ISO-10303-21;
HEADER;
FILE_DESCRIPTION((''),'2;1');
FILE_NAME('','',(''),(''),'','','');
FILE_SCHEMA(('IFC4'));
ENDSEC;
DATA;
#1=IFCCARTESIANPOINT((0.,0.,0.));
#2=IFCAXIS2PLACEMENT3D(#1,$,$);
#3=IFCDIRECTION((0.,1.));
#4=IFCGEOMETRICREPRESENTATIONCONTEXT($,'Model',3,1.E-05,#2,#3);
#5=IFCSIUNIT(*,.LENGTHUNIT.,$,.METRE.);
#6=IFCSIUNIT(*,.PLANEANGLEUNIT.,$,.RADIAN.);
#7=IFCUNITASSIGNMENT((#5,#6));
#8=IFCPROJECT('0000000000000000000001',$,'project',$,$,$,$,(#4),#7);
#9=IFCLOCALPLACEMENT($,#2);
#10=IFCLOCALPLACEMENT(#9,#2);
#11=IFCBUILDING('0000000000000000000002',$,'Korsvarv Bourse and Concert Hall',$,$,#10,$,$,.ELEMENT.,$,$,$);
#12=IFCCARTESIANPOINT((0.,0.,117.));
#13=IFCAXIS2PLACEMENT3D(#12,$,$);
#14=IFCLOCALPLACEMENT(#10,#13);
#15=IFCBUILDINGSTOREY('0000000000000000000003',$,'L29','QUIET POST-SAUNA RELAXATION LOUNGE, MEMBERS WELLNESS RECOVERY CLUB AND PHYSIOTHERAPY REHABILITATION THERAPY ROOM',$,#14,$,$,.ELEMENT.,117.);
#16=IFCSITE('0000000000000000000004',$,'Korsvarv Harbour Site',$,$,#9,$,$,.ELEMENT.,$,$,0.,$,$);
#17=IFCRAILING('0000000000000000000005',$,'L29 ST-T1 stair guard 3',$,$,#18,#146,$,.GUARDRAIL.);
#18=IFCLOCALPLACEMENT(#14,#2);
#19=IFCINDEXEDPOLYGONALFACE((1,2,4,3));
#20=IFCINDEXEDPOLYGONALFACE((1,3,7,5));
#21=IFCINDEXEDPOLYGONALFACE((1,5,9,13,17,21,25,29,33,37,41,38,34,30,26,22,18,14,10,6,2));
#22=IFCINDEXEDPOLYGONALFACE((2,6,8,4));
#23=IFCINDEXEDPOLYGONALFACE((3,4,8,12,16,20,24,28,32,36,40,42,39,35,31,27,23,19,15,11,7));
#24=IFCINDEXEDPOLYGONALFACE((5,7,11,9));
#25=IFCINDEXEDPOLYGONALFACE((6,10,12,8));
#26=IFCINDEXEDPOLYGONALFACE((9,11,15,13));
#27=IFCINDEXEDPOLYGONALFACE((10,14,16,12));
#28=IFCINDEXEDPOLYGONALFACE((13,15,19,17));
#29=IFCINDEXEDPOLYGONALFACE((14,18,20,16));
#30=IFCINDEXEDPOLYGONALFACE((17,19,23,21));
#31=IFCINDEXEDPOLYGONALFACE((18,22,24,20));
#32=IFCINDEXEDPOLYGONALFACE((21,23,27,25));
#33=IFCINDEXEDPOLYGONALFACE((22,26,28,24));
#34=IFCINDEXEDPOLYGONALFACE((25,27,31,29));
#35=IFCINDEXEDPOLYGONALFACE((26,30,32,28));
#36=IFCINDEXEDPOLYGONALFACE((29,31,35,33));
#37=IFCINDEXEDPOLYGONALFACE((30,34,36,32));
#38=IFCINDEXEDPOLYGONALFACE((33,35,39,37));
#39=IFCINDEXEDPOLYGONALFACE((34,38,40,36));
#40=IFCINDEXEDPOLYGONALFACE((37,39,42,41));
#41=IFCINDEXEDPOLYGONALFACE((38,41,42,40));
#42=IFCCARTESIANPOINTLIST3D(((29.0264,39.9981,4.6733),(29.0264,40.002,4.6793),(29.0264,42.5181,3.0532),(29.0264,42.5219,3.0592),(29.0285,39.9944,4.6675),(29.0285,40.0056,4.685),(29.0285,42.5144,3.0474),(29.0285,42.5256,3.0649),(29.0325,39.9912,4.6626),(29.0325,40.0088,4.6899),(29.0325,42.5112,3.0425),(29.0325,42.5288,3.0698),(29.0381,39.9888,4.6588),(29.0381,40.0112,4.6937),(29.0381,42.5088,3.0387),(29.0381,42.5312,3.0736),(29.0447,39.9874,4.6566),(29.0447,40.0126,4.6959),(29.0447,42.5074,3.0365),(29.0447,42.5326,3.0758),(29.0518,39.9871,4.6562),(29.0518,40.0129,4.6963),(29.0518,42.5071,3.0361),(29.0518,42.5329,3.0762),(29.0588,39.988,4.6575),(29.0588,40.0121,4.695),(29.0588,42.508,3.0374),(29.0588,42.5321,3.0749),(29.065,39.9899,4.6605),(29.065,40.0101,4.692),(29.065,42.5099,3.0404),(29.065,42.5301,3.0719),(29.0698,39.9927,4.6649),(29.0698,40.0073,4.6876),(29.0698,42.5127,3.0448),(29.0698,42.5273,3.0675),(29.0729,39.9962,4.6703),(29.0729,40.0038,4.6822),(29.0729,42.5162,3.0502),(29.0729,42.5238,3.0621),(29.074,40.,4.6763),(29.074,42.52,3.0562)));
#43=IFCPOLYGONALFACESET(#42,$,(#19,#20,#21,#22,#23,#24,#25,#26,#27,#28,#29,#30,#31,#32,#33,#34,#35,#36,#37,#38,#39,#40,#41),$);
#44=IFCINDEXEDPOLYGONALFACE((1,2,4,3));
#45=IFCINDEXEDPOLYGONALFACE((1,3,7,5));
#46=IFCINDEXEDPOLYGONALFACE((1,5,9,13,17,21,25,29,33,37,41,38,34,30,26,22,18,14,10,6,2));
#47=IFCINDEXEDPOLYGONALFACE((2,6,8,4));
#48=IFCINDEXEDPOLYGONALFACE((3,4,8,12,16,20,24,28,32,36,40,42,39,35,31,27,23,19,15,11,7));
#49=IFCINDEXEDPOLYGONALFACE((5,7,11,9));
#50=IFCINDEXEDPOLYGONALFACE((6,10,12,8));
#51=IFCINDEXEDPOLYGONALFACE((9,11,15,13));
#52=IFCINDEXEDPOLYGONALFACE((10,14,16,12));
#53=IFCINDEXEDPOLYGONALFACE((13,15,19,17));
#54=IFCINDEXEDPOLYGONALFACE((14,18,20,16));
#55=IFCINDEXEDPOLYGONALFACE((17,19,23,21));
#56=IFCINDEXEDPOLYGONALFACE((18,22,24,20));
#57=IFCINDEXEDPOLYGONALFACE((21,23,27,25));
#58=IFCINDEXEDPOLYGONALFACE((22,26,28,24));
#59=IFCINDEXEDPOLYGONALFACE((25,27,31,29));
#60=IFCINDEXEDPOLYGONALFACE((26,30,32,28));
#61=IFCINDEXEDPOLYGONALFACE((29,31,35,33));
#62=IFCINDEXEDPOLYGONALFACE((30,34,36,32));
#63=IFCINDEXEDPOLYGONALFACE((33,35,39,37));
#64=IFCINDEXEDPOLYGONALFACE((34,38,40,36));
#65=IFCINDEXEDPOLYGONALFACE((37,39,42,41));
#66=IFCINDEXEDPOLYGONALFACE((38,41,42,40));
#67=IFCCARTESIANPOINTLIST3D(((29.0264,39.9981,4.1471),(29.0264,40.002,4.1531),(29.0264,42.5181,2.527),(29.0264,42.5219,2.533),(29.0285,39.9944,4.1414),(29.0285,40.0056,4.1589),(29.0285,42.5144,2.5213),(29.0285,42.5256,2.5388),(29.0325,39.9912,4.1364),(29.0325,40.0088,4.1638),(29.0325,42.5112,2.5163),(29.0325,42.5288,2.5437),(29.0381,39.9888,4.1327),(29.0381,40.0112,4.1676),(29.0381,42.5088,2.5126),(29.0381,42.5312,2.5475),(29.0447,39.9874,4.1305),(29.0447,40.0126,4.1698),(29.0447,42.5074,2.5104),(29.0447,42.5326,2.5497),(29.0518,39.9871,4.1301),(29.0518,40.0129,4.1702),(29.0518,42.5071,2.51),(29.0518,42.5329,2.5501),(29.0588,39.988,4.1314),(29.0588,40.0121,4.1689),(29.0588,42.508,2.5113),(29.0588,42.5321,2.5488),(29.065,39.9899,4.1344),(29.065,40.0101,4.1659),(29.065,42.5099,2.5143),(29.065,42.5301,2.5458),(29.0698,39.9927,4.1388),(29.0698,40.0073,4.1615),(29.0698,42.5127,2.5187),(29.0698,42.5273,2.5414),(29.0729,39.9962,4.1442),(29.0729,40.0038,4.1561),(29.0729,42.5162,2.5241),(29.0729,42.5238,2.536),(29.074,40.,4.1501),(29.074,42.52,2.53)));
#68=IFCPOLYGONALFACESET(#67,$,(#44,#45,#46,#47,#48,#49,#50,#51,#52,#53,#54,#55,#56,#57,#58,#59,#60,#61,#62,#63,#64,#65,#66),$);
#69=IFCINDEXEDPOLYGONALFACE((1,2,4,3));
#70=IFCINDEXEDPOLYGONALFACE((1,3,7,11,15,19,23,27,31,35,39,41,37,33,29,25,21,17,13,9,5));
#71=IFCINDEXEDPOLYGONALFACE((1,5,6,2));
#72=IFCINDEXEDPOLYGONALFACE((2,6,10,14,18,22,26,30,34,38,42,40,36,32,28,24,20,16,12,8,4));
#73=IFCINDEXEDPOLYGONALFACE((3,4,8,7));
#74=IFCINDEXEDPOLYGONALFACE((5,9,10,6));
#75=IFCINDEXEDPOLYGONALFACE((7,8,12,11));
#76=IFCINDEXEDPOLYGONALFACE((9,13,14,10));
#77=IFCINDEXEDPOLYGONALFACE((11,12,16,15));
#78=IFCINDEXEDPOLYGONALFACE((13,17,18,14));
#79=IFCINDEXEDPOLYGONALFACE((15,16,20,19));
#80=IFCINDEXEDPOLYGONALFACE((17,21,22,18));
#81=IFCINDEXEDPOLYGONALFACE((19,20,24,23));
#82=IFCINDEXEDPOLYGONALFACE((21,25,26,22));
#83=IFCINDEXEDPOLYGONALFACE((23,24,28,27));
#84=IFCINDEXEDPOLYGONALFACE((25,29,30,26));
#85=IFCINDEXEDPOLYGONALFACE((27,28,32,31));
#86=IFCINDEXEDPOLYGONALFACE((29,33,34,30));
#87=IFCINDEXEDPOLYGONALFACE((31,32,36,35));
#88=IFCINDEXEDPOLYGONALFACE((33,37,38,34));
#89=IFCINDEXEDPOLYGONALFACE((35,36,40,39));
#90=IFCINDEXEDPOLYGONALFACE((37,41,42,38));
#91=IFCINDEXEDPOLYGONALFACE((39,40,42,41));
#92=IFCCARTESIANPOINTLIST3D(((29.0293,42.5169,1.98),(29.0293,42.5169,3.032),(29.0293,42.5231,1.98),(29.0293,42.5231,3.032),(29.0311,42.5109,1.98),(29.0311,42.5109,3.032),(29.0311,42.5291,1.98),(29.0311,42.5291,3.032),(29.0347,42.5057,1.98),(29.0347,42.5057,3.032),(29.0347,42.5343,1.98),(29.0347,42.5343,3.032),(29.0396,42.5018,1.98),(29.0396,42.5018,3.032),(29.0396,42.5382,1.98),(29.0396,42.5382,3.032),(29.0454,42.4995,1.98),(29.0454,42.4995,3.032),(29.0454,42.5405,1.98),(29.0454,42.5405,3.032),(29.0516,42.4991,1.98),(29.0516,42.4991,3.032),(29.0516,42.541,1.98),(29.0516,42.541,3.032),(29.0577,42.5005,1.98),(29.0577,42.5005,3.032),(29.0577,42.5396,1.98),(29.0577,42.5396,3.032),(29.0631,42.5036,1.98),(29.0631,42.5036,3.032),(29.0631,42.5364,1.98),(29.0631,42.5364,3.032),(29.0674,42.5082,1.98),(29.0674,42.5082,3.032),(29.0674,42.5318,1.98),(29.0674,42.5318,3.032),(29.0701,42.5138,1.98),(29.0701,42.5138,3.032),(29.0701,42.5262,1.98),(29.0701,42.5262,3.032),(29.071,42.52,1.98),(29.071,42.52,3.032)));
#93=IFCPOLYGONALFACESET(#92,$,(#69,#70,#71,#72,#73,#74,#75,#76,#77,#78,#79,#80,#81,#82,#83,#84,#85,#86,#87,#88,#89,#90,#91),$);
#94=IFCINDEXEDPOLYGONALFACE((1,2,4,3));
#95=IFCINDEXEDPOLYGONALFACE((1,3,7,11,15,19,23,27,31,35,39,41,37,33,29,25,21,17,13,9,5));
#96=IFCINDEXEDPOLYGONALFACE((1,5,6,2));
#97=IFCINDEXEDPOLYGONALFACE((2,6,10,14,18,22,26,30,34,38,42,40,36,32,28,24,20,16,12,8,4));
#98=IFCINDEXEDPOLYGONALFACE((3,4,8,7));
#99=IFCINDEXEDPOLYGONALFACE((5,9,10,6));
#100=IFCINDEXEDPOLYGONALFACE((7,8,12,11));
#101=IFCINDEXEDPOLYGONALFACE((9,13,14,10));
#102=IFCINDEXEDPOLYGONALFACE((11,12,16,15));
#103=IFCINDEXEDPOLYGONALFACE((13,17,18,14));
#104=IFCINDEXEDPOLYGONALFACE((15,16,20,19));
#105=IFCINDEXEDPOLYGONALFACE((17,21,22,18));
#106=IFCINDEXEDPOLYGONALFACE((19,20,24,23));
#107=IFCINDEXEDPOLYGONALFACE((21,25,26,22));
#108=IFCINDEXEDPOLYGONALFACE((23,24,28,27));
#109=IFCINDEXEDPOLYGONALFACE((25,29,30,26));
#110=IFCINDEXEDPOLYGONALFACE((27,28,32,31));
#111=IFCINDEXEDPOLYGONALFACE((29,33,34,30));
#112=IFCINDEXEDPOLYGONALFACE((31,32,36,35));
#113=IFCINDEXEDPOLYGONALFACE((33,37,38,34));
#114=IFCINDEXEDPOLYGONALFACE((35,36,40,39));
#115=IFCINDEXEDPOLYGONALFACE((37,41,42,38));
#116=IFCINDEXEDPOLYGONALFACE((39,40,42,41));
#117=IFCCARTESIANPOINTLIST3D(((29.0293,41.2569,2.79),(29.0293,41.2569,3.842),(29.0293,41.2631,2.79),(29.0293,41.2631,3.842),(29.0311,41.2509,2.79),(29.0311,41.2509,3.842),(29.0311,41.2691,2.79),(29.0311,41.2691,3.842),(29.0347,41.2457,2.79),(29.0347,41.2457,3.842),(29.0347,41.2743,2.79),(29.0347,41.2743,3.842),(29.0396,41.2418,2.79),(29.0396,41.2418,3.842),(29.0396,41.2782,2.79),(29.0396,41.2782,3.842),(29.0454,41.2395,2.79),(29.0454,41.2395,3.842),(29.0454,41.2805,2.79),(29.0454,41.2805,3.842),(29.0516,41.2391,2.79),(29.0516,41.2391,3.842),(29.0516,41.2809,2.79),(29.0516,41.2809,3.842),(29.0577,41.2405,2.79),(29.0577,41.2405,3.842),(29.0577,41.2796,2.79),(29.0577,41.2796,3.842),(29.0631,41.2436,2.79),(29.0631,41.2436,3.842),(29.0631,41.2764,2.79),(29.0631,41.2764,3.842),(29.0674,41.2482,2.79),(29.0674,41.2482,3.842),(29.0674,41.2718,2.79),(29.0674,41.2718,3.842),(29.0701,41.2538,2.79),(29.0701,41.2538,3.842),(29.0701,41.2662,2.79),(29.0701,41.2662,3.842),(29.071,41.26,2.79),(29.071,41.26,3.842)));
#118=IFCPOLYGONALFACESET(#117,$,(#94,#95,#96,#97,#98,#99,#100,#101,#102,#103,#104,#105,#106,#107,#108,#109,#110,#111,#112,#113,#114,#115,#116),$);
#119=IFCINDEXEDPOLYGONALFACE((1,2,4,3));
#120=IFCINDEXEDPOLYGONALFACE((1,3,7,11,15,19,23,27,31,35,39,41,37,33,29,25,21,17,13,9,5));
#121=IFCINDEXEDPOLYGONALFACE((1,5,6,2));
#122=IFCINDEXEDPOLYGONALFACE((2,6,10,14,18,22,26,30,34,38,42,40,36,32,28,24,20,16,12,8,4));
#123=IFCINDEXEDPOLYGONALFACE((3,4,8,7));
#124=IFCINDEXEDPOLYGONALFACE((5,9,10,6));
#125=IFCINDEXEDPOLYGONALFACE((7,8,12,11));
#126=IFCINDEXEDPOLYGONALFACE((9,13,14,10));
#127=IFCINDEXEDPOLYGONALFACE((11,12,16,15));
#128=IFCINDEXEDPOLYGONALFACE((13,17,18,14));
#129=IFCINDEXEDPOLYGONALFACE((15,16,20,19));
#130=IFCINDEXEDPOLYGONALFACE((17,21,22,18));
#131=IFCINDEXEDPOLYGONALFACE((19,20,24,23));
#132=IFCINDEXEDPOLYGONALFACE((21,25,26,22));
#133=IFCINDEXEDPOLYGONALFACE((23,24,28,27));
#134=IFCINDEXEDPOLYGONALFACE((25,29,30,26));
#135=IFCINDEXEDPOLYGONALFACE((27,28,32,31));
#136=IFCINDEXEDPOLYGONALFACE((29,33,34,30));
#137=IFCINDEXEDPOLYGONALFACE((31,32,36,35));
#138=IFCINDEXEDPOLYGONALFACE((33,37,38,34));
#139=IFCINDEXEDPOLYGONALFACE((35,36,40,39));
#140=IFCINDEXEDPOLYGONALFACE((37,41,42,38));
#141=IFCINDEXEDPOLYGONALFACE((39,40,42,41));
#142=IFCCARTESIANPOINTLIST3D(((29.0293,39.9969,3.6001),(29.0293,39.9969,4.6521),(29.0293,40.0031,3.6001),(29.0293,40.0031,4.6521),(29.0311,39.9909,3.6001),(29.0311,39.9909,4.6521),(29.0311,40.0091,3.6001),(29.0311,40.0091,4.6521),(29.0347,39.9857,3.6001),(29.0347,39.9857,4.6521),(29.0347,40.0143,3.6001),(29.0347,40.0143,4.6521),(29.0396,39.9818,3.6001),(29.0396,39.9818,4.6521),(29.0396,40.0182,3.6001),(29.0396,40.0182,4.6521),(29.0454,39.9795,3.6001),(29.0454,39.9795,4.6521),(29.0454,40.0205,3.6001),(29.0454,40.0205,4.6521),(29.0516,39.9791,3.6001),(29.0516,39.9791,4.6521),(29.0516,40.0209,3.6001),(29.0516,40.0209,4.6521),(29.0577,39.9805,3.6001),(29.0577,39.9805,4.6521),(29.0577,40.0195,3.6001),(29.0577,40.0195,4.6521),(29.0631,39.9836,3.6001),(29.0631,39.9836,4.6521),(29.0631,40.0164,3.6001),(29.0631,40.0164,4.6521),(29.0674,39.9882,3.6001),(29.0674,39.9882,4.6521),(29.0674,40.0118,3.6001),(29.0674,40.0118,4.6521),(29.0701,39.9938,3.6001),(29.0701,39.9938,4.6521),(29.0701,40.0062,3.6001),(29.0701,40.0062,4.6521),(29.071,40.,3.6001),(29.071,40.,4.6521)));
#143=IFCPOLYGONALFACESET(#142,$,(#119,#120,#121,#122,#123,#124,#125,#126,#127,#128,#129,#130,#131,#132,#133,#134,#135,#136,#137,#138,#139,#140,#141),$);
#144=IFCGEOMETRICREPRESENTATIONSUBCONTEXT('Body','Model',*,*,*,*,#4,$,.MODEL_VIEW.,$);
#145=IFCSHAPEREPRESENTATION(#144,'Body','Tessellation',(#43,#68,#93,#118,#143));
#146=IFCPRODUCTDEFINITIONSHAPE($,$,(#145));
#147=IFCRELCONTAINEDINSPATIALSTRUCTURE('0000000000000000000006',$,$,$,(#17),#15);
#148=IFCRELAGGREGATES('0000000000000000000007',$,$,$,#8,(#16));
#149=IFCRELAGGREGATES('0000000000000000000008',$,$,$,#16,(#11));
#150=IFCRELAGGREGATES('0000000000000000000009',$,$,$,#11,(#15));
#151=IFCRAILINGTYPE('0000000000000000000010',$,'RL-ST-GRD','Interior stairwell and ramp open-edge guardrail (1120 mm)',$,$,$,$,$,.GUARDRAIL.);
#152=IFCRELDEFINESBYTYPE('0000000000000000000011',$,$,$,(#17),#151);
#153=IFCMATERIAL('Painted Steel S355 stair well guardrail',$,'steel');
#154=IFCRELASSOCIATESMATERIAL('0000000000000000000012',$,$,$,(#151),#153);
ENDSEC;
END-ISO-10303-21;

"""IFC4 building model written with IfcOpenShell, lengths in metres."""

from ifc_helpers import new_model, si_unit, direction, frame, origin, origin_2d, place, context, subcontext, project, spatial, circle, extrude, material, type_object, element, save


model = new_model("IFC4")

# Units and contexts
model_context = context("Model", 3, precision=1e-05, world=origin(), true_north=direction((0.0, 1.0)))
body_context = subcontext(model_context, "Body", "Model", "MODEL_VIEW")
ifc_project = project(units=[si_unit("LENGTHUNIT", "METRE"), si_unit("PLANEANGLEUNIT", "RADIAN")], contexts=[model_context])

# Site, building, storey
site_placement = place(None, origin())
site = spatial("IfcSite", under=ifc_project, at=site_placement, Name="Korsvarv Harbour Site", CompositionType="ELEMENT", RefElevation=0.0)
building_placement = place(site_placement, origin())
building = spatial("IfcBuilding", under=site, at=building_placement, Name="Korsvarv Bourse and Concert Hall", CompositionType="ELEMENT")
storey_placement = place(building_placement, frame((0.0, 0.0, 117.0)))
storey = spatial("IfcBuildingStorey", under=building, at=storey_placement, Name="L29", Description="QUIET POST-SAUNA RELAXATION LOUNGE, MEMBERS WELLNESS RECOVERY CLUB AND PHYSIOTHERAPY REHABILITATION THERAPY ROOM", CompositionType="ELEMENT", Elevation=117.0)

# Railing
ifc_material_1 = material(Name="Painted Steel S355 stair well guardrail", Category="steel")
railing_type_1 = type_object("IfcRailingType", Name="RL-ST-GRD", Description="Interior stairwell and ramp open-edge guardrail (1120 mm)", PredefinedType="GUARDRAIL", material=ifc_material_1)
railing_1_placement = place(storey_placement, frame((29.05, 42.52, 1.98)))
element("IfcRailing", 1, at=railing_1_placement, inside=storey, type_object=railing_type_1, Name="L29 ST-T1 stair guard 3", PredefinedType="GUARDRAIL", context=body_context, shape_type="SweptSolid", body=[
    extrude(circle(Radius=0.0239, at=origin_2d()), frame((0.0, 0.0, 1.0762), z_axis=(0.0, -0.841163, 0.540782), x_axis=(1.0, 0.0, 0.0)), (0.0, 0.0, 1.0), 2.9958),
    extrude(circle(Radius=0.0239, at=origin_2d()), frame((0.0, 0.0, 0.55), z_axis=(0.0, -0.841163, 0.540782), x_axis=(1.0, 0.0, 0.0)), (0.0, 0.0, 1.0), 2.9958),
    extrude(circle(Radius=0.021, at=origin_2d()), origin(), (0.0, 0.0, 1.0), 1.052),
    extrude(circle(Radius=0.021, at=origin_2d()), frame((0.0, -1.26, 0.8101)), (0.0, 0.0, 1.0), 1.052),
    extrude(circle(Radius=0.021, at=origin_2d()), frame((0.0, -2.52, 1.6201)), (0.0, 0.0, 1.0), 1.052),
])

save(model, "model.ifc")
